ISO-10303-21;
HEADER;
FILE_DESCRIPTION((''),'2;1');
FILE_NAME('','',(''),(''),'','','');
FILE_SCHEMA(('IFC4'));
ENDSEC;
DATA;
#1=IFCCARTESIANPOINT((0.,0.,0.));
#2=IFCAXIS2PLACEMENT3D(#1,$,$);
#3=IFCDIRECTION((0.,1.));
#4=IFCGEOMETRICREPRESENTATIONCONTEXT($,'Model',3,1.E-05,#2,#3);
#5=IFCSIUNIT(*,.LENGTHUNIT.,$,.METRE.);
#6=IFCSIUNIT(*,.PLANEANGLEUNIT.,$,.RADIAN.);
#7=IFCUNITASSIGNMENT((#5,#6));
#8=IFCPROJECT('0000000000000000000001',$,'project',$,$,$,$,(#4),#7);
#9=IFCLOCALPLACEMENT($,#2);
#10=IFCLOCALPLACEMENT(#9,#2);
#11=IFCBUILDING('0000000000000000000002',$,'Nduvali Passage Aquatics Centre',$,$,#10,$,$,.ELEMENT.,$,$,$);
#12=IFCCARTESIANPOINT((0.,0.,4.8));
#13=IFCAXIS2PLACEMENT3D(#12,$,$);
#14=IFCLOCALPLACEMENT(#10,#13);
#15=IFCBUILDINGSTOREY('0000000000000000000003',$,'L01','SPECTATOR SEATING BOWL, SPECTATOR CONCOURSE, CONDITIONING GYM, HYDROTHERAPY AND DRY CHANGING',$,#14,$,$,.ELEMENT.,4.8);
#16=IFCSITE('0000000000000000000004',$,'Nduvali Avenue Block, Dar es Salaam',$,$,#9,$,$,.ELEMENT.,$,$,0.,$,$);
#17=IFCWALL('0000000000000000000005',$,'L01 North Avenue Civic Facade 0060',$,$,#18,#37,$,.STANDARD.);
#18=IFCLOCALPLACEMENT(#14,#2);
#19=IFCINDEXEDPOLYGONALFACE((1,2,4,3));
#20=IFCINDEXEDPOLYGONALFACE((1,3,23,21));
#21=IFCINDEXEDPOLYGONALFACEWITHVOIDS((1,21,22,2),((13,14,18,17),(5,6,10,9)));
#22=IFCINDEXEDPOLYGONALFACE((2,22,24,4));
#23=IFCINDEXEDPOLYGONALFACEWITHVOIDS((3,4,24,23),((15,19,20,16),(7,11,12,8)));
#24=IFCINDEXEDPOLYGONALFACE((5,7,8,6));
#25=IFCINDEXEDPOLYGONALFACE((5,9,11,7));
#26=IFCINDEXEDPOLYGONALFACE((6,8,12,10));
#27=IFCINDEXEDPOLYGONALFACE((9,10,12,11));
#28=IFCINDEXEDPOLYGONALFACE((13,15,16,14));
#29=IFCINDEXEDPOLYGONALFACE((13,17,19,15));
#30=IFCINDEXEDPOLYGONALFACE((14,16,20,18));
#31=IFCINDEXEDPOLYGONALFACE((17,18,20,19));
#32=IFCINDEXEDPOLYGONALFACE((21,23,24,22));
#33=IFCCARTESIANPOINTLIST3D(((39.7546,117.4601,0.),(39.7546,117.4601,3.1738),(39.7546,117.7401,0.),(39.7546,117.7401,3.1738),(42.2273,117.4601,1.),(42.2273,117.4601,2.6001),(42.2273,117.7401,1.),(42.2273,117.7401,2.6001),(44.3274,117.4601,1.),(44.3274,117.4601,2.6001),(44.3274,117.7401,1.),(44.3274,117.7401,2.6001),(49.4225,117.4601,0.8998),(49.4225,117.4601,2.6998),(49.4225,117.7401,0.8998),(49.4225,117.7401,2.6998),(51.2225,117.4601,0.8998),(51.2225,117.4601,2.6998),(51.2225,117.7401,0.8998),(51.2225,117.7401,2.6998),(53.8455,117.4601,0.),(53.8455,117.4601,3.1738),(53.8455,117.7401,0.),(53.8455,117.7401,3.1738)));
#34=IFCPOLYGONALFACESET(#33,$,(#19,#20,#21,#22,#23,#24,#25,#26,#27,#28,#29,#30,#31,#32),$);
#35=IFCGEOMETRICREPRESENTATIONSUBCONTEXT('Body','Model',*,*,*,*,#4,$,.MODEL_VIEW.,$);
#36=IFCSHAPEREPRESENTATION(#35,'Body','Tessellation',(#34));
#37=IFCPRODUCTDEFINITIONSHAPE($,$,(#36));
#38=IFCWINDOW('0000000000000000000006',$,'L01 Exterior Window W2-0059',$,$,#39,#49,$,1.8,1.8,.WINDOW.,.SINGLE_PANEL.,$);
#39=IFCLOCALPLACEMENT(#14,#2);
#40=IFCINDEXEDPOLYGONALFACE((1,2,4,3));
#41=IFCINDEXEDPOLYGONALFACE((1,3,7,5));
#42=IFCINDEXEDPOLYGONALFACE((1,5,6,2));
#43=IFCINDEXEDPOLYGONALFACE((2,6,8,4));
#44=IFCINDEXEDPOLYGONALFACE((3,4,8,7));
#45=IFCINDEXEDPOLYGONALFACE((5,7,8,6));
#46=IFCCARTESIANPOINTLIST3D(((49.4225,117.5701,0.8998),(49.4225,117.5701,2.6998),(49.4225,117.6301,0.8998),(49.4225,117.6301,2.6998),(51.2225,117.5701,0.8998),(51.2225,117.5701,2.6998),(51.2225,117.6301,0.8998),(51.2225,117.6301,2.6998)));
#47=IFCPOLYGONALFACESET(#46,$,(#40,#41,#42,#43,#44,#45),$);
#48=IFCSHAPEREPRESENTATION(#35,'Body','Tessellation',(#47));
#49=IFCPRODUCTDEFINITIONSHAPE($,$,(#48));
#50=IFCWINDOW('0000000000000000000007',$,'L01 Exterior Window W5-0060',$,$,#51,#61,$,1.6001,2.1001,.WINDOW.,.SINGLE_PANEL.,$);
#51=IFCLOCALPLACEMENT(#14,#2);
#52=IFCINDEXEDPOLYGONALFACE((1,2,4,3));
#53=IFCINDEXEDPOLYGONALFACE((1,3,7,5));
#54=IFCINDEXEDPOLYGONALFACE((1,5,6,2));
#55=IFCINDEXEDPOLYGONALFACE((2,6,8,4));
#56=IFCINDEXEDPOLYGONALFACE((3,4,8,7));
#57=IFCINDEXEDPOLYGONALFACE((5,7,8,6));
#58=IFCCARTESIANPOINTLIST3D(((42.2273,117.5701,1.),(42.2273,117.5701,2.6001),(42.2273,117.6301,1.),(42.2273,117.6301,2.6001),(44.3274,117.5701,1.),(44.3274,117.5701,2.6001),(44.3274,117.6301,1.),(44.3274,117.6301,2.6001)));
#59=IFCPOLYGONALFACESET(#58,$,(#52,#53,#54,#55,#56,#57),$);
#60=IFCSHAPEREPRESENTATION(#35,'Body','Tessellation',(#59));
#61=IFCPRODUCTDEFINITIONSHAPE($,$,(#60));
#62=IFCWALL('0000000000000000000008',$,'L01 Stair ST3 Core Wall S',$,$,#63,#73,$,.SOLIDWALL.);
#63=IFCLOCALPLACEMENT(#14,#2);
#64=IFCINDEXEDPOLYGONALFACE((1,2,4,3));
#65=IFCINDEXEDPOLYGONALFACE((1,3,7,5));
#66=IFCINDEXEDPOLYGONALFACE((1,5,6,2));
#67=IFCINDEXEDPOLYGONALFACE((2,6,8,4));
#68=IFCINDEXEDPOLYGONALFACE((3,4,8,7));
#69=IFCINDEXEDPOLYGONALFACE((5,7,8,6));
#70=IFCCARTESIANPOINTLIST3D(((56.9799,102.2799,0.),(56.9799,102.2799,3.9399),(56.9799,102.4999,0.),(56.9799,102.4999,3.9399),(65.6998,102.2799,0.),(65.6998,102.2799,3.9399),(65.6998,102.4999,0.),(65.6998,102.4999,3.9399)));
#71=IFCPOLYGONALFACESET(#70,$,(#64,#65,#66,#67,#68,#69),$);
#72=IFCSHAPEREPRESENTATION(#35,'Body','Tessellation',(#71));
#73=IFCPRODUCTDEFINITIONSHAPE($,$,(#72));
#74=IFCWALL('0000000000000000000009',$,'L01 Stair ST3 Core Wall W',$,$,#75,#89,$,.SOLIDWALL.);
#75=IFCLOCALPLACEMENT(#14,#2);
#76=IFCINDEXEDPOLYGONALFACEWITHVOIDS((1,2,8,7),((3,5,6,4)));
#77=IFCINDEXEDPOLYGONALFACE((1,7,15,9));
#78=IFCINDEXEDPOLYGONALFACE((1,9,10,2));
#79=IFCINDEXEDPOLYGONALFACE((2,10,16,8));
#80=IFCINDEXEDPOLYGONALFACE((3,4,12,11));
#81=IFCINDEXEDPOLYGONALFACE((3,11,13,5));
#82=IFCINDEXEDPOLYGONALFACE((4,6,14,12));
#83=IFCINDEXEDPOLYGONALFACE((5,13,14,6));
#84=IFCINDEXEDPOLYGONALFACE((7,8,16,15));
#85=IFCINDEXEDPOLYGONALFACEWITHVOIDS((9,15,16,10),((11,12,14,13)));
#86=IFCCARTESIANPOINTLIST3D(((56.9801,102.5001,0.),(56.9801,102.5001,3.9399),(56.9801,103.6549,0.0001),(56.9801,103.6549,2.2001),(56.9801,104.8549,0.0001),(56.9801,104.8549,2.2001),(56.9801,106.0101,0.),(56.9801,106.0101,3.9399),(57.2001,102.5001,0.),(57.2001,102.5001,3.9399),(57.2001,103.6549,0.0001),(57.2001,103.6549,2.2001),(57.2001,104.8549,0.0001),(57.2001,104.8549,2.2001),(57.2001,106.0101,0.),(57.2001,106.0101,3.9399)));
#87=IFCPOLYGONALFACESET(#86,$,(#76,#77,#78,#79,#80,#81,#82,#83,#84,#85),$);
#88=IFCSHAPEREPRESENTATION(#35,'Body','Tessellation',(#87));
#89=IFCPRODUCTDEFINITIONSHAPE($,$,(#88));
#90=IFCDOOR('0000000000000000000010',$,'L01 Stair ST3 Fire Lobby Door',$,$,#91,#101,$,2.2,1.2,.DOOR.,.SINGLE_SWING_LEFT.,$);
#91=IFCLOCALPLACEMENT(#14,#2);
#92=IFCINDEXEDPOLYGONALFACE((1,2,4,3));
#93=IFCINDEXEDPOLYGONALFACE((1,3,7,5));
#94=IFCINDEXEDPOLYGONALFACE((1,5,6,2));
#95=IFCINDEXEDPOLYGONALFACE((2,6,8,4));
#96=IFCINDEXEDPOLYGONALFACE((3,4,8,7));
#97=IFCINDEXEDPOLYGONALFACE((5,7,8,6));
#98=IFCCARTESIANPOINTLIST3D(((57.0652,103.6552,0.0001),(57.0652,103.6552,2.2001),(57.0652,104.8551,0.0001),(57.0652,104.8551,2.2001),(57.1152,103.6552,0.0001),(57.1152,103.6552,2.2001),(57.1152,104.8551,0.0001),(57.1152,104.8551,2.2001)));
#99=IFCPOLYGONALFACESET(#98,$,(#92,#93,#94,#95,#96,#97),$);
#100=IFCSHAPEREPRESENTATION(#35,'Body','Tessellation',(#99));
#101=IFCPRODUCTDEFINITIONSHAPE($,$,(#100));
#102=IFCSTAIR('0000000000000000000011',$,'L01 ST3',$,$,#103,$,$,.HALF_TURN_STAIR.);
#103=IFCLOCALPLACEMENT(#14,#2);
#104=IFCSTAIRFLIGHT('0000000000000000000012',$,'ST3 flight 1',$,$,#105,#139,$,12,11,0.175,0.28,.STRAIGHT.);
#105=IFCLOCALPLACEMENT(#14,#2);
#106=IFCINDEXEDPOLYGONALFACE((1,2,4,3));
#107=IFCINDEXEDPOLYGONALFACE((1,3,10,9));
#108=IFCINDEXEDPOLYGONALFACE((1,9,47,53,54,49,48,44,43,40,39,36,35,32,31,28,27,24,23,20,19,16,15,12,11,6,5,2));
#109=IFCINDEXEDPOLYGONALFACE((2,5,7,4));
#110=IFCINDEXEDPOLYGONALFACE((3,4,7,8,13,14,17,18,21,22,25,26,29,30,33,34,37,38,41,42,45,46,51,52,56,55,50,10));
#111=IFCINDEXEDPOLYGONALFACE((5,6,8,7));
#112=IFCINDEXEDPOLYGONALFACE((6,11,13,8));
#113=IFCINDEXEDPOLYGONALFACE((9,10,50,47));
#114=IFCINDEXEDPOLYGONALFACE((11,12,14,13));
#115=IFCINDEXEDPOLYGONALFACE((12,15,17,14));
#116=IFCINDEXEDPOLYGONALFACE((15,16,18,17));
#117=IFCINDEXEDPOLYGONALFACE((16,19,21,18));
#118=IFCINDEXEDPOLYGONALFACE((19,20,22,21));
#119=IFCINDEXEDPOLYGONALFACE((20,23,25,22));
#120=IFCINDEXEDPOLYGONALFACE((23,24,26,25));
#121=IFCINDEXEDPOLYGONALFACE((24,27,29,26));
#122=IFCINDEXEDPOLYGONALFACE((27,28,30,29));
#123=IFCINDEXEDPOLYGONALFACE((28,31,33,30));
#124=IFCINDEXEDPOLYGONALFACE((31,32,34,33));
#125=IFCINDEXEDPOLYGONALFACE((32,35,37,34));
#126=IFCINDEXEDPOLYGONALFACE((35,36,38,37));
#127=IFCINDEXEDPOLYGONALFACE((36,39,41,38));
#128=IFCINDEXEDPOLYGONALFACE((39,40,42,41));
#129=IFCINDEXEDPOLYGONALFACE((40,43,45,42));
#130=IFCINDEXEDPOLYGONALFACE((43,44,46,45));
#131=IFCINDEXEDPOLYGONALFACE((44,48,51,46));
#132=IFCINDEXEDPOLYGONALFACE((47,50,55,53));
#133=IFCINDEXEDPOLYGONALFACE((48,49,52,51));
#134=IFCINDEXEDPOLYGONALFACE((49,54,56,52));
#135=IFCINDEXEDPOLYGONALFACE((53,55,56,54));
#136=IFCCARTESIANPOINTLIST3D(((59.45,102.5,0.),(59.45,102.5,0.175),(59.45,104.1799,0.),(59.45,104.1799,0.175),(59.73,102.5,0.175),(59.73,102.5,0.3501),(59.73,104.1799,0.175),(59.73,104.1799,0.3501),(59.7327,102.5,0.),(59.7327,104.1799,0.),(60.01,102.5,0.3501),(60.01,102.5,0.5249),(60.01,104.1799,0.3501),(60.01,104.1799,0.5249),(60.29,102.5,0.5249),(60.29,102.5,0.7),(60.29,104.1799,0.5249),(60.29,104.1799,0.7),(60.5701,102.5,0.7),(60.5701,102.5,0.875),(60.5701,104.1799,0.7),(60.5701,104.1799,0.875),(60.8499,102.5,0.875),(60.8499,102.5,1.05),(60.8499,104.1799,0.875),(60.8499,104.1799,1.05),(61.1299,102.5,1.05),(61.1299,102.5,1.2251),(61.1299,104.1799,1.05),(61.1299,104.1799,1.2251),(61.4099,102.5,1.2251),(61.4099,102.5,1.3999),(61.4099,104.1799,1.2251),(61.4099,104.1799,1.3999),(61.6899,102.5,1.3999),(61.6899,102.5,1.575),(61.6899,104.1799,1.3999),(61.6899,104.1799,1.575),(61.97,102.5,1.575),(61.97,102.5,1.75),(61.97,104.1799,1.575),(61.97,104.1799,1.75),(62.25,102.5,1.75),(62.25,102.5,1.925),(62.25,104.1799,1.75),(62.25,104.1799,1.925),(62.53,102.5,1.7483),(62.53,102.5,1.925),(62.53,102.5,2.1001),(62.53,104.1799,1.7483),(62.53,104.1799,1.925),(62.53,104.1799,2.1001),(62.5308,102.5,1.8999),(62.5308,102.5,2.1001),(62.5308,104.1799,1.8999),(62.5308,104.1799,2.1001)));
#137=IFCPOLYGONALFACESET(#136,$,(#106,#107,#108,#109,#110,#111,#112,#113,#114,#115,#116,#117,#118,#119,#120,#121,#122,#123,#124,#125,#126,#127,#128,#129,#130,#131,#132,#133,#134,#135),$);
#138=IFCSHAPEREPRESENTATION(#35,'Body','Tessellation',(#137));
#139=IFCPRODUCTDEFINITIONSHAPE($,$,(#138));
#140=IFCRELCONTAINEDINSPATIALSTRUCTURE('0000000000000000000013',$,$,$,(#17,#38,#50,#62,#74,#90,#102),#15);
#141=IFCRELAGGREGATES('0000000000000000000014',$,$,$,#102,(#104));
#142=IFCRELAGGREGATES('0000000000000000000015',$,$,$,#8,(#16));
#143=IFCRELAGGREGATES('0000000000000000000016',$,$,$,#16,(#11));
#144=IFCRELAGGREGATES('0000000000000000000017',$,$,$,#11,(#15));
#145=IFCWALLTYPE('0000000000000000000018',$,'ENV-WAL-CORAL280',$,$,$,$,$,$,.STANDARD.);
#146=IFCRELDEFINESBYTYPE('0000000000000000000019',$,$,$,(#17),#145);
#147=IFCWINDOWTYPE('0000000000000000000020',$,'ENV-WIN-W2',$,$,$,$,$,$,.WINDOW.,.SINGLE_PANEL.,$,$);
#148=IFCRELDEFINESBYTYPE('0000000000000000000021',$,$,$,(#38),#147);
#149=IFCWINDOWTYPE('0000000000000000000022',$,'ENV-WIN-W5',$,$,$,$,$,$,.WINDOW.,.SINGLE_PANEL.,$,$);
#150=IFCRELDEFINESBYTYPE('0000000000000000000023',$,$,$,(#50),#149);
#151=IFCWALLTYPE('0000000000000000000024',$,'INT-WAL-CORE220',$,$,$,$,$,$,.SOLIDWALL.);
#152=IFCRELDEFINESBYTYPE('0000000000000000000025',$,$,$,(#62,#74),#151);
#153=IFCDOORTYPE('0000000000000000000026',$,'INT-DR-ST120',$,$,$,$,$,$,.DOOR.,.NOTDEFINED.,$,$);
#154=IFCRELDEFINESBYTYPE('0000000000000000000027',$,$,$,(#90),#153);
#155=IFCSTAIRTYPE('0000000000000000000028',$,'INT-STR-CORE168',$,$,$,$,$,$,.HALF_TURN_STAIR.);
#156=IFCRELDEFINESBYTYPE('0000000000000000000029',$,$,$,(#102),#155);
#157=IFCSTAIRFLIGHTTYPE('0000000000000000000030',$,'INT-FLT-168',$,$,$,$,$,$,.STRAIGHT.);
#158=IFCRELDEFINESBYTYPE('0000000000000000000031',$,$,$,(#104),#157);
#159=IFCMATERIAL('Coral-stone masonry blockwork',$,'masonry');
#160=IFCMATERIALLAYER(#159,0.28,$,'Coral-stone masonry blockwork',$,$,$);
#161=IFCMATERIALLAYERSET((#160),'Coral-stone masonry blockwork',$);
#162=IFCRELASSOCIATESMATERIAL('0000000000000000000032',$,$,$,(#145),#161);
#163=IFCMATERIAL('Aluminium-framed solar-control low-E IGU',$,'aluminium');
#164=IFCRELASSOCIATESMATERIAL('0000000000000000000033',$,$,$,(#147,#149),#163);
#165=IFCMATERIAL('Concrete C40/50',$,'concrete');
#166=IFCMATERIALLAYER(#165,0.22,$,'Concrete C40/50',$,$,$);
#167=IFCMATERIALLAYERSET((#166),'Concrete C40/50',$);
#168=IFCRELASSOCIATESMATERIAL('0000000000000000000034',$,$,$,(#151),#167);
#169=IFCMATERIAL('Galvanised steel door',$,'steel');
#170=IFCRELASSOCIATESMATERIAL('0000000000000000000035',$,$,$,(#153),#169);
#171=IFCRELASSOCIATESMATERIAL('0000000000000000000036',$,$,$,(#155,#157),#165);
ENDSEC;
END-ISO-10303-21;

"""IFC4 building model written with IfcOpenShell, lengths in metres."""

from ifc_helpers import new_model, si_unit, direction, frame, frame_2d, origin, place, context, subcontext, project, spatial, polyline, rectangle, outline, extrude, material, layer, layer_set, type_object, element, fill, aggregate, save


model = new_model("IFC4")

# Units and contexts
model_context = context("Model", 3, precision=1e-05, world=origin(), true_north=direction((0.0, 1.0)))
body_context = subcontext(model_context, "Body", "Model", "MODEL_VIEW")
ifc_project = project(units=[si_unit("LENGTHUNIT", "METRE"), si_unit("PLANEANGLEUNIT", "RADIAN")], contexts=[model_context])

# Site, building, storey
site_placement = place(None, origin())
site = spatial("IfcSite", under=ifc_project, at=site_placement, Name="Nduvali Avenue Block, Dar es Salaam", CompositionType="ELEMENT", RefElevation=0.0)
building_placement = place(site_placement, origin())
building = spatial("IfcBuilding", under=site, at=building_placement, Name="Nduvali Passage Aquatics Centre", CompositionType="ELEMENT")
storey_placement = place(building_placement, frame((0.0, 0.0, 4.8)))
storey = spatial("IfcBuildingStorey", under=building, at=storey_placement, Name="L01", Description="SPECTATOR SEATING BOWL, SPECTATOR CONCOURSE, CONDITIONING GYM, HYDROTHERAPY AND DRY CHANGING", CompositionType="ELEMENT", Elevation=4.8)

# Wall, openings, windows
ifc_material_1 = material(Name="Coral-stone masonry blockwork", Category="masonry")
ifc_layer_1 = layer(ifc_material_1, 0.28, Name="Coral-stone masonry blockwork")
ifc_layer_set_1 = layer_set([ifc_layer_1], Name="Coral-stone masonry blockwork")
wall_type_1 = type_object("IfcWallType", Name="ENV-WAL-CORAL280", PredefinedType="STANDARD", material=ifc_layer_set_1)
wall_1_placement = place(storey_placement, frame((53.8455, 117.6001, 0.0), z_axis=(0.0, 0.0, 1.0), x_axis=(-1.0, 0.0, 0.0)))
wall_1 = element("IfcWall", 1, at=wall_1_placement, inside=storey, type_object=wall_type_1, Name="L01 North Avenue Civic Facade 0060", PredefinedType="STANDARD", context=body_context, shape_type="SweptSolid", body=[
    extrude(rectangle(XDim=14.0908, YDim=0.28, at=frame_2d((7.0454, 0.0))), origin(), (0.0, 0.0, 1.0), 3.1738),
])
opening_1_placement = place(wall_1_placement, frame((2.623, 0.0, 0.8999)))
opening_1 = element("IfcOpeningElement", 2, at=opening_1_placement, cuts=wall_1, PredefinedType="OPENING", context=body_context, shape_type="SweptSolid", body=[
    extrude(rectangle(XDim=1.8, YDim=1.8, at=frame_2d((0.8999, 0.8999))), frame((0.0, 0.1548, 0.0), z_axis=(0.0, -1.0, 0.0), x_axis=(1.0, 0.0, 0.0)), (0.0, 0.0, 1.0), 0.3098),
])
opening_2_placement = place(wall_1_placement, frame((9.5181, 0.0, 1.0)))
opening_2 = element("IfcOpeningElement", 3, at=opening_2_placement, cuts=wall_1, PredefinedType="OPENING", context=body_context, shape_type="SweptSolid", body=[
    extrude(rectangle(XDim=2.1001, YDim=1.6001, at=frame_2d((1.05, 0.8))), frame((0.0, 0.1548, 0.0), z_axis=(0.0, -1.0, 0.0), x_axis=(1.0, 0.0, 0.0)), (0.0, 0.0, 1.0), 0.3098),
])
ifc_material_2 = material(Name="Aluminium-framed solar-control low-E IGU", Category="aluminium")
window_type_1 = type_object("IfcWindowType", Name="ENV-WIN-W2", PartitioningType="SINGLE_PANEL", PredefinedType="WINDOW", material=ifc_material_2)
window_1_placement = place(opening_1_placement, origin())
window_1 = element("IfcWindow", 4, at=window_1_placement, inside=storey, type_object=window_type_1, Name="L01 Exterior Window W2-0059", OverallHeight=1.8, OverallWidth=1.8, PartitioningType="SINGLE_PANEL", PredefinedType="WINDOW", context=body_context, shape_type="SweptSolid", body=[
    extrude(rectangle(XDim=1.8, YDim=1.8, at=frame_2d((0.8999, 0.8999))), frame((0.0, 0.03, 0.0), z_axis=(0.0, -1.0, 0.0), x_axis=(1.0, 0.0, 0.0)), (0.0, 0.0, 1.0), 0.0601),
])
fill(opening_1, window_1)
window_type_2 = type_object("IfcWindowType", Name="ENV-WIN-W5", PartitioningType="SINGLE_PANEL", PredefinedType="WINDOW", material=ifc_material_2)
window_2_placement = place(opening_2_placement, origin())
window_2 = element("IfcWindow", 5, at=window_2_placement, inside=storey, type_object=window_type_2, Name="L01 Exterior Window W5-0060", OverallHeight=1.6001, OverallWidth=2.1001, PartitioningType="SINGLE_PANEL", PredefinedType="WINDOW", context=body_context, shape_type="SweptSolid", body=[
    extrude(rectangle(XDim=2.1001, YDim=1.6001, at=frame_2d((1.05, 0.8))), frame((0.0, 0.03, 0.0), z_axis=(0.0, -1.0, 0.0), x_axis=(1.0, 0.0, 0.0)), (0.0, 0.0, 1.0), 0.0601),
])
fill(opening_2, window_2)

# Wall
ifc_material_3 = material(Name="Concrete C40/50", Category="concrete")
ifc_layer_2 = layer(ifc_material_3, 0.22, Name="Concrete C40/50")
ifc_layer_set_2 = layer_set([ifc_layer_2], Name="Concrete C40/50")
wall_type_2 = type_object("IfcWallType", Name="INT-WAL-CORE220", PredefinedType="SOLIDWALL", material=ifc_layer_set_2)
wall_2_placement = place(storey_placement, frame((56.98, 102.3899, 0.0), z_axis=(0.0, 0.0, 1.0), x_axis=(1.0, 0.0, 0.0)))
element("IfcWall", 6, at=wall_2_placement, inside=storey, type_object=wall_type_2, Name="L01 Stair ST3 Core Wall S", PredefinedType="SOLIDWALL", context=body_context, shape_type="SweptSolid", body=[
    extrude(rectangle(XDim=8.72, YDim=0.22, at=frame_2d((4.3599, 0.0))), origin(), (0.0, 0.0, 1.0), 3.9399),
])

# Wall, opening, door
wall_3_placement = place(storey_placement, frame((57.0901, 106.01, 0.0), z_axis=(0.0, 0.0, 1.0), x_axis=(0.0, -1.0, 0.0)))
wall_3 = element("IfcWall", 7, at=wall_3_placement, inside=storey, type_object=wall_type_2, Name="L01 Stair ST3 Core Wall W", PredefinedType="SOLIDWALL", context=body_context, shape_type="SweptSolid", body=[
    extrude(rectangle(XDim=3.51, YDim=0.22, at=frame_2d((1.7549, 0.0))), origin(), (0.0, 0.0, 1.0), 3.9399),
])
opening_3_placement = place(wall_3_placement, frame((1.155, 0.0, 0.0)))
opening_3 = element("IfcOpeningElement", 8, at=opening_3_placement, cuts=wall_3, PredefinedType="OPENING", context=body_context, shape_type="SweptSolid", body=[
    extrude(rectangle(XDim=1.2, YDim=2.2, at=frame_2d((0.6001, 1.1001))), frame((0.0, 0.125, 0.0), z_axis=(0.0, -1.0, 0.0), x_axis=(1.0, 0.0, 0.0)), (0.0, 0.0, 1.0), 0.2498),
])
ifc_material_4 = material(Name="Galvanised steel door", Category="steel")
door_type = type_object("IfcDoorType", Name="INT-DR-ST120", OperationType="NOTDEFINED", PredefinedType="DOOR", material=ifc_material_4)
door_placement = place(opening_3_placement, frame((1.2, 0.0, 0.0), z_axis=(0.0, 0.0, 1.0), x_axis=(-1.0, 0.0, 0.0)))
door = element("IfcDoor", 9, at=door_placement, inside=storey, type_object=door_type, Name="L01 Stair ST3 Fire Lobby Door", OperationType="SINGLE_SWING_LEFT", OverallHeight=2.2, OverallWidth=1.2, PredefinedType="DOOR", context=body_context, shape_type="SweptSolid", body=[
    extrude(rectangle(XDim=1.2, YDim=2.2, at=frame_2d((0.6001, 1.1001))), frame((0.0, 0.0249, 0.0), z_axis=(0.0, -1.0, 0.0), x_axis=(1.0, 0.0, 0.0)), (0.0, 0.0, 1.0), 0.05),
])
fill(opening_3, door)

# Stair, stair flight
stair_type = type_object("IfcStairType", Name="INT-STR-CORE168", PredefinedType="HALF_TURN_STAIR", material=ifc_material_3)
stair_placement = place(storey_placement, origin())
stair = element("IfcStair", 10, at=stair_placement, inside=storey, type_object=stair_type, Name="L01 ST3", PredefinedType="HALF_TURN_STAIR")
stair_flight_type = type_object("IfcStairFlightType", Name="INT-FLT-168", PredefinedType="STRAIGHT", material=ifc_material_3)
stair_flight_placement = place(storey_placement, frame((59.45, 103.3401, 0.0), z_axis=(0.0, 0.0, 1.0), x_axis=(1.0, 0.0, 0.0)))
stair_flight = element("IfcStairFlight", 11, at=stair_flight_placement, type_object=stair_flight_type, Name="ST3 flight 1", NumberOfRisers=12, NumberOfTreads=11, PredefinedType="STRAIGHT", RiserHeight=0.175, TreadLength=0.28, context=body_context, shape_type="SweptSolid", body=[
    extrude(outline(polyline([(0.0, 0.0), (0.0, 0.175), (0.28, 0.175), (0.28, 0.3501), (0.5601, 0.3501), (0.5601, 0.5249), (0.8401, 0.5249), (0.8401, 0.7), (1.1201, 0.7), (1.1201, 0.875), (1.3999, 0.875), (1.3999, 1.05), (1.6799, 1.05), (1.6799, 1.2251), (1.96, 1.2251), (1.96, 1.3999), (2.24, 1.3999), (2.24, 1.575), (2.52, 1.575), (2.52, 1.75), (2.8, 1.75), (2.8, 1.925), (3.0801, 1.925), (3.0801, 2.1001), (3.0808, 2.1001), (3.0808, 1.8999), (3.0801, 1.7483), (0.2827, 0.0), (0.0, 0.0)])), frame((0.0, 0.8398, 0.0), z_axis=(0.0, -1.0, 0.0), x_axis=(1.0, 0.0, 0.0)), (0.0, 0.0, 1.0), 1.6799),
])
aggregate(stair, [stair_flight])

save(model, "model.ifc")
